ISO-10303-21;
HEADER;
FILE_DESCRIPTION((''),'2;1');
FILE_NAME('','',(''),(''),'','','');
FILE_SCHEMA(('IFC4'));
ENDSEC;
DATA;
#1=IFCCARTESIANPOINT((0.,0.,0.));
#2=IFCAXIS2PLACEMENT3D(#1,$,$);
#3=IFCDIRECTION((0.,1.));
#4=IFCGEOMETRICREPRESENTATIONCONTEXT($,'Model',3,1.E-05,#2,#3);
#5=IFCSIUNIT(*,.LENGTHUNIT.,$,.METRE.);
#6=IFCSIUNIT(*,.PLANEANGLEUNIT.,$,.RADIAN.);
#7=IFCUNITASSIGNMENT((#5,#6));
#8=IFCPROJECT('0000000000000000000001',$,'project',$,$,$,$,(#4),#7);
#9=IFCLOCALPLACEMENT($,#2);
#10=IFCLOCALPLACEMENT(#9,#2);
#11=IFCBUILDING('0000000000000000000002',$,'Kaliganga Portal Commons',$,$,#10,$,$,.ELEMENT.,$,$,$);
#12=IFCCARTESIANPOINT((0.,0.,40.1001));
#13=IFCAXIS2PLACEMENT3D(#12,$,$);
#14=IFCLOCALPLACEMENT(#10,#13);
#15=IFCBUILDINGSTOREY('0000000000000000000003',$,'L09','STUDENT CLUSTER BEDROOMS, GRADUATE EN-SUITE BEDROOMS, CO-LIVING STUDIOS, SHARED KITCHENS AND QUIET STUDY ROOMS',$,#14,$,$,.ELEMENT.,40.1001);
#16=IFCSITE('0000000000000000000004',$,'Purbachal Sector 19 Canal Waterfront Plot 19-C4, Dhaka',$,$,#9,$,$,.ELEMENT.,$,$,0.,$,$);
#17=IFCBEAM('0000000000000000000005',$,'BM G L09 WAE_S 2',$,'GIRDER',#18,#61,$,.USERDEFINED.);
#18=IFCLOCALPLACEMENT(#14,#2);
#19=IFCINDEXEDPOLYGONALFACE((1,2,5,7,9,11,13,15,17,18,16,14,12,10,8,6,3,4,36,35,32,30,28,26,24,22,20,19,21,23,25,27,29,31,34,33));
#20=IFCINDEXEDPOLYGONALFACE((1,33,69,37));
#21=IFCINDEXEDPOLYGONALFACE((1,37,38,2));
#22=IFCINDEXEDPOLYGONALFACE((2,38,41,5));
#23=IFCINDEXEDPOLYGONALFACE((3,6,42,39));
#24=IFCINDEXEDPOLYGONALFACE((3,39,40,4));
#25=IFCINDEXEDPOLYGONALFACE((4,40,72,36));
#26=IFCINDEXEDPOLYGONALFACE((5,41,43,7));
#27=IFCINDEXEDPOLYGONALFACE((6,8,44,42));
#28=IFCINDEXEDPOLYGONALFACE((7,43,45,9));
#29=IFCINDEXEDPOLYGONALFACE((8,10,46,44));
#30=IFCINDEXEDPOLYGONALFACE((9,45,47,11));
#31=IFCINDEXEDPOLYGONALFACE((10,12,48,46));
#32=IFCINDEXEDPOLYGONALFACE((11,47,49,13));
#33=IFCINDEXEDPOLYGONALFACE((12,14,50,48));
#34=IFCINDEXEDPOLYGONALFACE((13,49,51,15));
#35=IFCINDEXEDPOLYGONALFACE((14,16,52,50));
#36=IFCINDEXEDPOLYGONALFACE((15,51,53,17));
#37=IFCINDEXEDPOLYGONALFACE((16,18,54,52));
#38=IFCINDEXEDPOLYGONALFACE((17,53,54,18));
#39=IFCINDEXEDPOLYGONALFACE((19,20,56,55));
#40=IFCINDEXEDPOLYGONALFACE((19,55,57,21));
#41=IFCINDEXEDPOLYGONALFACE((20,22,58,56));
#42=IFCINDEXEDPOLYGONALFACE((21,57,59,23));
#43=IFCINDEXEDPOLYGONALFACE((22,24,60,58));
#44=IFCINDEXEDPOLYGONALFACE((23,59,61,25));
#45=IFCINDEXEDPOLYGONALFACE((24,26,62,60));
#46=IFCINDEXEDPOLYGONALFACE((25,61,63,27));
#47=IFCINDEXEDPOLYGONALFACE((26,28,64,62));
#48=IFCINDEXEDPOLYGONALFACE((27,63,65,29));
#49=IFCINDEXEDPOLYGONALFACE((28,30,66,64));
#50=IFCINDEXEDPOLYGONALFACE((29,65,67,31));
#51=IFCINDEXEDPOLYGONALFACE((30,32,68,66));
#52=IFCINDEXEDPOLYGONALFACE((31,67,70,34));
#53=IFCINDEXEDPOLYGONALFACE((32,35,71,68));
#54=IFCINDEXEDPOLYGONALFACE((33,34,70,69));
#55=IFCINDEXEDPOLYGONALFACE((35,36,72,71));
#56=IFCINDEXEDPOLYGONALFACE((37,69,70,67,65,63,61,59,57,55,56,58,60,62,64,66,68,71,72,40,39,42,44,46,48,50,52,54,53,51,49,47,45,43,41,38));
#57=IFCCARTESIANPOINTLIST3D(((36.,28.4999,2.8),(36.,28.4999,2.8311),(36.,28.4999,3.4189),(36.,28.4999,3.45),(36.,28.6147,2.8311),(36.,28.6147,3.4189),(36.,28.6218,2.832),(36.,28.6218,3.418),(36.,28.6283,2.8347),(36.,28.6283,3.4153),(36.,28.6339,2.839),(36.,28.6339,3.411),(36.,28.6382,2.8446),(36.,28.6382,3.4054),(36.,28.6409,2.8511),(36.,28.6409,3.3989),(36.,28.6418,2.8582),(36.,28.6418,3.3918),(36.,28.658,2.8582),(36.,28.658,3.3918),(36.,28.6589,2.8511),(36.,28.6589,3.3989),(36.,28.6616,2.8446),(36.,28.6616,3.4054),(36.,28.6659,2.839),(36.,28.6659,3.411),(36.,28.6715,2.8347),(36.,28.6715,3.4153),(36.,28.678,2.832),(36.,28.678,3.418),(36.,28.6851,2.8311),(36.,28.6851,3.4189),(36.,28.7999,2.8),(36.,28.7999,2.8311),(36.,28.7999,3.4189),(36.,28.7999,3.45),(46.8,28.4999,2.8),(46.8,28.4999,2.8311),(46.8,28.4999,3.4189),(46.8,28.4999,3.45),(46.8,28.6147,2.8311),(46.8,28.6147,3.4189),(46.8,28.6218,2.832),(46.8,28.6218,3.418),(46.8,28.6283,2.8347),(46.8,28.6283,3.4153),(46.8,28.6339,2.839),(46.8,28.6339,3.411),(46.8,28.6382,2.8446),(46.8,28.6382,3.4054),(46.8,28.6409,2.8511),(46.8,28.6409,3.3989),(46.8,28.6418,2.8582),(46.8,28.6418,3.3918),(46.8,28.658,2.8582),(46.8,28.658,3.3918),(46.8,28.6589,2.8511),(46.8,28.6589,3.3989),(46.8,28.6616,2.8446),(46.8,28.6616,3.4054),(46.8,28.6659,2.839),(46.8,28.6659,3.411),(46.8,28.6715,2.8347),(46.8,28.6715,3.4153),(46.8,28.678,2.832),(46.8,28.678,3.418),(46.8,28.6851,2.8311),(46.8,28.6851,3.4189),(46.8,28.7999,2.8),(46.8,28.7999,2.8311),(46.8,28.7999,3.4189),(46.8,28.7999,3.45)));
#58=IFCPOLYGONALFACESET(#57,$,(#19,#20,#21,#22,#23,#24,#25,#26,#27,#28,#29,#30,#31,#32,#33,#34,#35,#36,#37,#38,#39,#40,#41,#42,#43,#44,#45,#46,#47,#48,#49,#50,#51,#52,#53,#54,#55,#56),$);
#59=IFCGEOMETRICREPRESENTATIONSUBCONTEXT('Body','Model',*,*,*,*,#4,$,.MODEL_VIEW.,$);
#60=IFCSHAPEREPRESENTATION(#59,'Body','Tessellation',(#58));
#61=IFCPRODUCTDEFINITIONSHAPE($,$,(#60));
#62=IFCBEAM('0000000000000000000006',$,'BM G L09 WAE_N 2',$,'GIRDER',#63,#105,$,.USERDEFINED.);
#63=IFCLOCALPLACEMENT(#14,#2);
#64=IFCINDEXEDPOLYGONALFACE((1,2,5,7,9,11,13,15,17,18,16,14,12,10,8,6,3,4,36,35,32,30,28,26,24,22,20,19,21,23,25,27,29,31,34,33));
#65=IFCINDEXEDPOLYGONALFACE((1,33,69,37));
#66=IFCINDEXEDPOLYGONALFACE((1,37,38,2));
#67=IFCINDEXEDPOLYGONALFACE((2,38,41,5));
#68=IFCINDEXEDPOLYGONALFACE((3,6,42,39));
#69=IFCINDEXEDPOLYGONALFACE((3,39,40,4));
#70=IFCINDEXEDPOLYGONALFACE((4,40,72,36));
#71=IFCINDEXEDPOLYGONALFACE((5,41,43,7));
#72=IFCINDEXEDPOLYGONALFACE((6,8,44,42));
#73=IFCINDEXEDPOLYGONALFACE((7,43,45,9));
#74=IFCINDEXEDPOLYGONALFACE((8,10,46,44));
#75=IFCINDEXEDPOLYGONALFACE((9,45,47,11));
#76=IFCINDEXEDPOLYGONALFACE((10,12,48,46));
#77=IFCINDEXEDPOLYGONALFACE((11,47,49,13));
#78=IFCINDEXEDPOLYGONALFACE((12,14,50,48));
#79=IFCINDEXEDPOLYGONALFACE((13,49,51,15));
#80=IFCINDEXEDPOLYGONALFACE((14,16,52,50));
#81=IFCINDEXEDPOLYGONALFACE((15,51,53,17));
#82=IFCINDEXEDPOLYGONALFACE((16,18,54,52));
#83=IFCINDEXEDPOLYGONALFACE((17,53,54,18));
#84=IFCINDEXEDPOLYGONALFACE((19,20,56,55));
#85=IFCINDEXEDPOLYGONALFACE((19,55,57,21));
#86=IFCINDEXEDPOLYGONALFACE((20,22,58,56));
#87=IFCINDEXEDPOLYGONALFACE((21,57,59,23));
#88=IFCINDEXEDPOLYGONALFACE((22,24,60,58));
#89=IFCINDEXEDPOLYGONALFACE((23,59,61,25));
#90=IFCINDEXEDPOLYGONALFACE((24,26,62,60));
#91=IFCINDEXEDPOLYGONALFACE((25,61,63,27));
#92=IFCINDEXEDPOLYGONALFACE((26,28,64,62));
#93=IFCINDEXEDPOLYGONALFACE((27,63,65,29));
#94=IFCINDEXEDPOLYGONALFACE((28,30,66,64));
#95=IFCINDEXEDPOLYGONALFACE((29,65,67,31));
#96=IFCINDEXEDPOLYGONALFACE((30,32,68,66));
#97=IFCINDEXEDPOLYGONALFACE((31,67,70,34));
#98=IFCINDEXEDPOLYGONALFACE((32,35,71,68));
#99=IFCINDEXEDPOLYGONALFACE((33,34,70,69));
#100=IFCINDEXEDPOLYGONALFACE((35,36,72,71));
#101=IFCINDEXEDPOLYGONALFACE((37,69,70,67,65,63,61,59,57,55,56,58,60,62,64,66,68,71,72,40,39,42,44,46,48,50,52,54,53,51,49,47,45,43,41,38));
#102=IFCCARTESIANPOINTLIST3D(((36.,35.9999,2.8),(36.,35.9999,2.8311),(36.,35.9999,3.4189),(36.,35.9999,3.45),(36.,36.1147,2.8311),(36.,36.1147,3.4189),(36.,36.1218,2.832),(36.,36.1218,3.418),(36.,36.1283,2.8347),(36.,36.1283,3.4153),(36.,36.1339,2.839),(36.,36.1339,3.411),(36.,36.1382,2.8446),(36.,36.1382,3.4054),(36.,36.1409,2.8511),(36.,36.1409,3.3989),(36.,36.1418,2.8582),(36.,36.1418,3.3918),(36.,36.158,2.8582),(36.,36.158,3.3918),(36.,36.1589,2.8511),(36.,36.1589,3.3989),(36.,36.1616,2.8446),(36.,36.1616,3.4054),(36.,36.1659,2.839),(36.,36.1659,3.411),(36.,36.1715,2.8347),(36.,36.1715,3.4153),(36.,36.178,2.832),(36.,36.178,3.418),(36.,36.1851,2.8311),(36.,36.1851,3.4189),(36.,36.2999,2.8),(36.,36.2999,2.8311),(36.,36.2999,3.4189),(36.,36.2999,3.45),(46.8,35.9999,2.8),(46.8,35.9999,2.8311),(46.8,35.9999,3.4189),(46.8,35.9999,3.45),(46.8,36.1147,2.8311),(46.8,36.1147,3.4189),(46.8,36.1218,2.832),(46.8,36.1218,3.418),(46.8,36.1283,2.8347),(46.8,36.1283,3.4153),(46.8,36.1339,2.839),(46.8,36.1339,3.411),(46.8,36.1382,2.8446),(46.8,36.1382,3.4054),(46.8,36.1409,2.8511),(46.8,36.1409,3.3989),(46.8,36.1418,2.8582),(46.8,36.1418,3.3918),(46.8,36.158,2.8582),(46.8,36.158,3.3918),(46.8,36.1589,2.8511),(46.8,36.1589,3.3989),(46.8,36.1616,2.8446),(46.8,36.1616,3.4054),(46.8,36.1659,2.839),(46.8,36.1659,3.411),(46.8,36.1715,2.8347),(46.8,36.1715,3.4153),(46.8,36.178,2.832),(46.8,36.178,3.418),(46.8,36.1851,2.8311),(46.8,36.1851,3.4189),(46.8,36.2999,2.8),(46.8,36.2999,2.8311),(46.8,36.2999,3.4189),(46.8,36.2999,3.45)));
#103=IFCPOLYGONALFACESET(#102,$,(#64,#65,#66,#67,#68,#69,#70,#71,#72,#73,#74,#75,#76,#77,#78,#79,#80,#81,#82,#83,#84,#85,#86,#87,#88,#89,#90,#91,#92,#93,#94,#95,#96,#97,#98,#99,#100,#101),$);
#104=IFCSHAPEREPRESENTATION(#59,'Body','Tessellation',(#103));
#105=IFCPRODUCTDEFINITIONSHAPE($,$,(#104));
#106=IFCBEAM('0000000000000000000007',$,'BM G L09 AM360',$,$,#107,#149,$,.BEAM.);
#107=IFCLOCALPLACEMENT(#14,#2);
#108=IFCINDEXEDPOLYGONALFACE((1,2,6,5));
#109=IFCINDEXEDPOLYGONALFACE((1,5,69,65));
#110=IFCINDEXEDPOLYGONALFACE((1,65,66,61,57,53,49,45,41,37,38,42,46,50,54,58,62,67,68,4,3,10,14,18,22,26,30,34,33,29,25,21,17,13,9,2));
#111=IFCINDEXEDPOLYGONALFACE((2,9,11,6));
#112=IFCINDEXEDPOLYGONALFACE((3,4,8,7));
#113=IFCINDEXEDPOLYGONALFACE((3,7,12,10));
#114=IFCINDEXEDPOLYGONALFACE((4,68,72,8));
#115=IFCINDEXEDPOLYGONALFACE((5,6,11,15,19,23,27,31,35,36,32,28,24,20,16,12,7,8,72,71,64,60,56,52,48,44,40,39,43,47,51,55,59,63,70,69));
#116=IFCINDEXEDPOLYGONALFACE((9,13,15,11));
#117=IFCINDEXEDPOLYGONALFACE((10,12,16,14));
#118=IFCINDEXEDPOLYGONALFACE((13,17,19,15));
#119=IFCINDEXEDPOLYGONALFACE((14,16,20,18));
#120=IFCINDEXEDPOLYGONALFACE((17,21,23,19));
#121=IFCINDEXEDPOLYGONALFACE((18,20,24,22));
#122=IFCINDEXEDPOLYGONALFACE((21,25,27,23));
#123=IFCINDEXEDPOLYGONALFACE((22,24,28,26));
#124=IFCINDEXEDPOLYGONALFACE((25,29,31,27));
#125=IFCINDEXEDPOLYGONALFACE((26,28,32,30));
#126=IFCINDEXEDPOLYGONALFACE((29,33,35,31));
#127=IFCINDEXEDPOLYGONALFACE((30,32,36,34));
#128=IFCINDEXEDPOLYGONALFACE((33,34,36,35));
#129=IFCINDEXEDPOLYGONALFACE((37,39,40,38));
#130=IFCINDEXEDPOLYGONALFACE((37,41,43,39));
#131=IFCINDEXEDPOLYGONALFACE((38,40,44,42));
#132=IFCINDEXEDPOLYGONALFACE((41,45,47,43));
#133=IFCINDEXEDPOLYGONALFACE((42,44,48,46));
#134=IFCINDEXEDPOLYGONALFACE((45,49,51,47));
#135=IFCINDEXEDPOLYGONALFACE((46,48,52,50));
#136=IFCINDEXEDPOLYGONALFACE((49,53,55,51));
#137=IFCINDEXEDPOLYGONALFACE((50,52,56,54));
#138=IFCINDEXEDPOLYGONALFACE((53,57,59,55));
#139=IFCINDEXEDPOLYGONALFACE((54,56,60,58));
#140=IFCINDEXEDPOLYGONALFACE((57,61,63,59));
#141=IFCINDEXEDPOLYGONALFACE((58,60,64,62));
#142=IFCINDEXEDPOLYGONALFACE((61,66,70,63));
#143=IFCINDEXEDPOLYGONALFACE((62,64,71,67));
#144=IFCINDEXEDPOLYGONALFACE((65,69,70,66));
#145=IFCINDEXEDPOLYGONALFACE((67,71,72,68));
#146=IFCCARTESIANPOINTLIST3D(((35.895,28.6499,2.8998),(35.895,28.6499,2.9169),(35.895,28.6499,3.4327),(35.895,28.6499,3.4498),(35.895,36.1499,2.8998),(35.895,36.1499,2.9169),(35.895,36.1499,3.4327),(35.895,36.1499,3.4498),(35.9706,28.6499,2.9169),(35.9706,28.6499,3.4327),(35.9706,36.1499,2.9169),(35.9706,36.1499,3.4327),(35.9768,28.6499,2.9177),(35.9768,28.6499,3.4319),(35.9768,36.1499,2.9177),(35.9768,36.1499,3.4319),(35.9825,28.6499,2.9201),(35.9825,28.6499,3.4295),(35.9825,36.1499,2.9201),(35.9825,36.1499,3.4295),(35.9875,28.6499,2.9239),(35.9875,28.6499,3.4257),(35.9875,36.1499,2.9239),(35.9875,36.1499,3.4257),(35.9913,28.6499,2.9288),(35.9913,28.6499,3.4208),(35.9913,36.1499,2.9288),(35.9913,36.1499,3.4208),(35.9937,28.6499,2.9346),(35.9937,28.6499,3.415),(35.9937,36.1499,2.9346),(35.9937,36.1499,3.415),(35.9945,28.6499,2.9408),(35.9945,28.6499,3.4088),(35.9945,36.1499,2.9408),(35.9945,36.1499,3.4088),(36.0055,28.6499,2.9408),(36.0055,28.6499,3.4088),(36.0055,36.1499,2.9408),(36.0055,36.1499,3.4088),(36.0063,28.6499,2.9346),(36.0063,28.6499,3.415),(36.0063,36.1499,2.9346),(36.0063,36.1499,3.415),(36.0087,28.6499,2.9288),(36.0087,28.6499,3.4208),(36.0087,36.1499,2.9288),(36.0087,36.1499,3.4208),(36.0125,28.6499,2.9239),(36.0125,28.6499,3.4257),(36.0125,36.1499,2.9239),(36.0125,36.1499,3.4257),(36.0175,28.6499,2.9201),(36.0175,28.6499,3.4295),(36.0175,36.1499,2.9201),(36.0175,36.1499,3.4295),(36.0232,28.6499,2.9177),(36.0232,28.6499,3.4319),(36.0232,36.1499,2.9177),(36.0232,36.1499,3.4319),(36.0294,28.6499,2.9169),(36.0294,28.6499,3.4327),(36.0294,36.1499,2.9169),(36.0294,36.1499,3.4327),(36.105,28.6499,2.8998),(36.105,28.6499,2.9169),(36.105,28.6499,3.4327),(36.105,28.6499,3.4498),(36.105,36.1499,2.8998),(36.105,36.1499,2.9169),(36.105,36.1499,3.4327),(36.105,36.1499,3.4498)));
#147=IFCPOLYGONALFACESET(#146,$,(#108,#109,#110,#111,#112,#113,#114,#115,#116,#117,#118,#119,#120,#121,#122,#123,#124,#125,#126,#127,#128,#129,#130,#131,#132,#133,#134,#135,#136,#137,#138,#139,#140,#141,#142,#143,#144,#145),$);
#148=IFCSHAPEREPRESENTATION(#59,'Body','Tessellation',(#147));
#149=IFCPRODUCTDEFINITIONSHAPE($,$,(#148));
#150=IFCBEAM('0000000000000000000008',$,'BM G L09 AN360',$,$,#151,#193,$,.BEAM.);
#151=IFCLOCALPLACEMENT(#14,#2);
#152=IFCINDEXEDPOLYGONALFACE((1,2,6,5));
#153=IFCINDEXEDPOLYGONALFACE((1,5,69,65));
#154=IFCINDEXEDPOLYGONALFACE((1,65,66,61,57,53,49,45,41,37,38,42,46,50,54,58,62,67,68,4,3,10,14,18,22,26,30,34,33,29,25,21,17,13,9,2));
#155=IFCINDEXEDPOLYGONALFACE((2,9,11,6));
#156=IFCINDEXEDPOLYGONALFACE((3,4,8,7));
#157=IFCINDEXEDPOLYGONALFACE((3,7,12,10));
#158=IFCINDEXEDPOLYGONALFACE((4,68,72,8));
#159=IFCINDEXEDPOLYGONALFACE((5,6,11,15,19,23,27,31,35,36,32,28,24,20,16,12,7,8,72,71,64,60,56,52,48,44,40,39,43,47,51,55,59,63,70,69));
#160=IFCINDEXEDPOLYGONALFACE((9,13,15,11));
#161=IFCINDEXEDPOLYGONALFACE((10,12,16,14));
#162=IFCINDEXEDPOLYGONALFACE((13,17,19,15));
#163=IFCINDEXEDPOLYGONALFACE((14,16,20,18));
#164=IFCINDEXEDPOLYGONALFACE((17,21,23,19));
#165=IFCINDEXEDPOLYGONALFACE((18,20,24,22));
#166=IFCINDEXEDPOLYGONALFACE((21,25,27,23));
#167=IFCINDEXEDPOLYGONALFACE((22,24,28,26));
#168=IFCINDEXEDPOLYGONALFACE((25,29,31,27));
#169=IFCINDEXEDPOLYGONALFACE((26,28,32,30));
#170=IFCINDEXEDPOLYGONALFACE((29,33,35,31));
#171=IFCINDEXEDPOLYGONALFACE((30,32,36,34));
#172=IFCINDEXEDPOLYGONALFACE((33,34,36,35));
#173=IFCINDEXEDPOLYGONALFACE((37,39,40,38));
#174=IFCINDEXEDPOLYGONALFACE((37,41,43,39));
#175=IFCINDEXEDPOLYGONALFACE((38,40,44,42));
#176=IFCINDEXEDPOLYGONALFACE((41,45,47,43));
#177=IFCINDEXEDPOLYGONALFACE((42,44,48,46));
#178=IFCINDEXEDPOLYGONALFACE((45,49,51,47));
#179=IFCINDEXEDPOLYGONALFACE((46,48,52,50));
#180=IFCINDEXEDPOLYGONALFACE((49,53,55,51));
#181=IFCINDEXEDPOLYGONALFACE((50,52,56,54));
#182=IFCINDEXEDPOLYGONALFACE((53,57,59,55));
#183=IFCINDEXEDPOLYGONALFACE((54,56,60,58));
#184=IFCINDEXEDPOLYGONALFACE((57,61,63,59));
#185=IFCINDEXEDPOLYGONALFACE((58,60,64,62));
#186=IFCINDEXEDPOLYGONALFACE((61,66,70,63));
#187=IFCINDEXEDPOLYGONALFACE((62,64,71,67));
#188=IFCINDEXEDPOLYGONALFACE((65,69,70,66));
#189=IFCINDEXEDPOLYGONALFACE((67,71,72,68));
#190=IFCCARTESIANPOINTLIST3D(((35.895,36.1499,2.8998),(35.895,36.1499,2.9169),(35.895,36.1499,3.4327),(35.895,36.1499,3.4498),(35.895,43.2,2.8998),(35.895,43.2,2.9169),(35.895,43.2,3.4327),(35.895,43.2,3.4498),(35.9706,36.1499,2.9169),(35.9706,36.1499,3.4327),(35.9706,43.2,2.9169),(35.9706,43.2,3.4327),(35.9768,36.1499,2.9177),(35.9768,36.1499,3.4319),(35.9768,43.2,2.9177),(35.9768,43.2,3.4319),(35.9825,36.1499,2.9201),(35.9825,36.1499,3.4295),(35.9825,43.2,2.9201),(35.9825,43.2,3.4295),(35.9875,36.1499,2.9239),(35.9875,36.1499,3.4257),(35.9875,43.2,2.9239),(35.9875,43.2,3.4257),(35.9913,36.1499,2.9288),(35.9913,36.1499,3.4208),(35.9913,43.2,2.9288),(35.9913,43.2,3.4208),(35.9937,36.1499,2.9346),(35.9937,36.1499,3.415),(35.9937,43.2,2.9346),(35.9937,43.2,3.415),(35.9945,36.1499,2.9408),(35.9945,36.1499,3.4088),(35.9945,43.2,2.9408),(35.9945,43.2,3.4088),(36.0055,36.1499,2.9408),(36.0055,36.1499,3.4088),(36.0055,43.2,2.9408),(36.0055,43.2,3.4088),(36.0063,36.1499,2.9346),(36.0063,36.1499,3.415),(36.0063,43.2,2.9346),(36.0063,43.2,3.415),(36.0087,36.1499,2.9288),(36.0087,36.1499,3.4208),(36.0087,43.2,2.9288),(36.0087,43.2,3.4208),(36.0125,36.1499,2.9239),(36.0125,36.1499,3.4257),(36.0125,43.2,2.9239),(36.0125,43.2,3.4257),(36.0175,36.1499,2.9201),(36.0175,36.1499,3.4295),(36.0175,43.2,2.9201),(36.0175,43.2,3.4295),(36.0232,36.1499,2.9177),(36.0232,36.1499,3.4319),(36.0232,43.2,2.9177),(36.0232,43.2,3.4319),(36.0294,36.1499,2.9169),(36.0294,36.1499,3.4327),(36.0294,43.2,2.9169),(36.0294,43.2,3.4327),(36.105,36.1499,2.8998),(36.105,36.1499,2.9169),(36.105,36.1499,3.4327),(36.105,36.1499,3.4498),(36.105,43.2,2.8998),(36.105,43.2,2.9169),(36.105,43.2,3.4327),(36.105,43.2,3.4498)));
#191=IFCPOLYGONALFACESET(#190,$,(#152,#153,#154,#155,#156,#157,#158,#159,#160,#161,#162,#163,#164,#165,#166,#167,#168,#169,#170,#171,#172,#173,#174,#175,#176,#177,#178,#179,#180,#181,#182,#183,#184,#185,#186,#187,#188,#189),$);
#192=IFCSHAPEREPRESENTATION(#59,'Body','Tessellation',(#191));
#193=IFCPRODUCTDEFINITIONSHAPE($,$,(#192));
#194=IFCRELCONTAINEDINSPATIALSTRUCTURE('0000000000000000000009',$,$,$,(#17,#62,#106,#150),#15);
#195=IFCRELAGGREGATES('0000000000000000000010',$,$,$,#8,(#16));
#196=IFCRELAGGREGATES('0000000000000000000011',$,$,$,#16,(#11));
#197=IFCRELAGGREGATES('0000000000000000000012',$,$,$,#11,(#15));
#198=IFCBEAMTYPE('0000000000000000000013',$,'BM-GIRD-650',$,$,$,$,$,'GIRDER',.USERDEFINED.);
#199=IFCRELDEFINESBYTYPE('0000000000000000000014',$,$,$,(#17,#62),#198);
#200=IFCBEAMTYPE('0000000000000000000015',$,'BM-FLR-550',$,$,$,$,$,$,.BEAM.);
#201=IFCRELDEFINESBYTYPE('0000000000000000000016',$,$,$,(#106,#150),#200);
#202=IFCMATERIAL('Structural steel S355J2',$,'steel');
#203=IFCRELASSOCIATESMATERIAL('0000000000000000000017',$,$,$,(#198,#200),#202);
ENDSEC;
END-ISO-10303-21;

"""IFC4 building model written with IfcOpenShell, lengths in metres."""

from ifc_helpers import new_model, si_unit, direction, frame, origin, origin_2d, place, context, subcontext, project, spatial, i_section, extrude, source, transform, mapped, material, material_profile, profile_set, type_object, element, save


model = new_model("IFC4")

# Units and contexts
model_context = context("Model", 3, precision=1e-05, world=origin(), true_north=direction((0.0, 1.0)))
body_context = subcontext(model_context, "Body", "Model", "MODEL_VIEW")
ifc_project = project(units=[si_unit("LENGTHUNIT", "METRE"), si_unit("PLANEANGLEUNIT", "RADIAN")], contexts=[model_context])

# Site, building, storey
site_placement = place(None, origin())
site = spatial("IfcSite", under=ifc_project, at=site_placement, Name="Purbachal Sector 19 Canal Waterfront Plot 19-C4, Dhaka", CompositionType="ELEMENT", RefElevation=0.0)
building_placement = place(site_placement, origin())
building = spatial("IfcBuilding", under=site, at=building_placement, Name="Kaliganga Portal Commons", CompositionType="ELEMENT")
storey_placement = place(building_placement, frame((0.0, 0.0, 40.1001)))
storey = spatial("IfcBuildingStorey", under=building, at=storey_placement, Name="L09", Description="STUDENT CLUSTER BEDROOMS, GRADUATE EN-SUITE BEDROOMS, CO-LIVING STUDIOS, SHARED KITCHENS AND QUIET STUDY ROOMS", CompositionType="ELEMENT", Elevation=40.1001)

# Beams
ifc_material_1 = material(Name="Structural steel S355J2", Category="steel")
ifc_material_profile_1 = material_profile(ifc_material_1, i_section(OverallWidth=0.3, OverallDepth=0.6499, WebThickness=0.0161, FlangeThickness=0.031, FilletRadius=0.0271, at=origin_2d()), Name="HE 650 B")
ifc_profile_set_1 = profile_set([ifc_material_profile_1], Name="Structural steel S355J2 wide-flange")
beam_type_1 = type_object("IfcBeamType", Name="BM-GIRD-650", ElementType="GIRDER", PredefinedType="USERDEFINED", material=ifc_profile_set_1)
shared_shape_1 = source(origin(), body_context, "Body", "SweptSolid", [
    extrude(i_section(OverallWidth=0.3, OverallDepth=0.6499, WebThickness=0.0161, FlangeThickness=0.031, FilletRadius=0.0271, at=origin_2d()), origin(), (0.0, 0.0, 1.0), 10.8),
])
for number, where, z_axis, x_axis, name in (
    (1, (36.0, 28.6499, 3.125), (1.0, 0.0, 0.0), (0.0, 1.0, 0.0), "BM G L09 WAE_S 2"),
    (2, (36.0, 36.1499, 3.125), (1.0, 0.0, 0.0), (0.0, 1.0, 0.0), "BM G L09 WAE_N 2"),
):
    element("IfcBeam", number, at=place(storey_placement, frame(where, z_axis=z_axis, x_axis=x_axis)), inside=storey, type_object=beam_type_1, Name=name, ObjectType="GIRDER", PredefinedType="USERDEFINED", context=body_context, shape_type="MappedRepresentation", body=[
        mapped(shared_shape_1, transform((0.0, 0.0, 0.0), x_axis=(1.0, 0.0, 0.0), y_axis=(0.0, 1.0, 0.0), z_axis=(0.0, 0.0, 1.0), scale=1.0)),
    ])
ifc_material_profile_2 = material_profile(ifc_material_1, i_section(OverallWidth=0.21, OverallDepth=0.55, WebThickness=0.011, FlangeThickness=0.0171, FilletRadius=0.0239, at=origin_2d()), Name="IPE 550")
ifc_profile_set_2 = profile_set([ifc_material_profile_2], Name="Structural steel S355J2 wide-flange")
beam_type_2 = type_object("IfcBeamType", Name="BM-FLR-550", PredefinedType="BEAM", material=ifc_profile_set_2)
shared_shape_2 = source(origin(), body_context, "Body", "SweptSolid", [
    extrude(i_section(OverallWidth=0.21, OverallDepth=0.55, WebThickness=0.011, FlangeThickness=0.0171, FilletRadius=0.0239, at=origin_2d()), origin(), (0.0, 0.0, 1.0), 7.5),
])
beam_1_placement = place(storey_placement, frame((36.0, 28.6499, 3.1748), z_axis=(0.0, 1.0, 0.0), x_axis=(-1.0, 0.0, 0.0)))
element("IfcBeam", 3, at=beam_1_placement, inside=storey, type_object=beam_type_2, Name="BM G L09 AM360", PredefinedType="BEAM", context=body_context, shape_type="MappedRepresentation", body=[
    mapped(shared_shape_2, transform((0.0, 0.0, 0.0), x_axis=(1.0, 0.0, 0.0), y_axis=(0.0, 1.0, 0.0), z_axis=(0.0, 0.0, 1.0), scale=1.0)),
])
shared_shape_3 = source(origin(), body_context, "Body", "SweptSolid", [
    extrude(i_section(OverallWidth=0.21, OverallDepth=0.55, WebThickness=0.011, FlangeThickness=0.0171, FilletRadius=0.0239, at=origin_2d()), origin(), (0.0, 0.0, 1.0), 7.05),
])
beam_2_placement = place(storey_placement, frame((36.0, 36.1499, 3.1748), z_axis=(0.0, 1.0, 0.0), x_axis=(-1.0, 0.0, 0.0)))
element("IfcBeam", 4, at=beam_2_placement, inside=storey, type_object=beam_type_2, Name="BM G L09 AN360", PredefinedType="BEAM", context=body_context, shape_type="MappedRepresentation", body=[
    mapped(shared_shape_3, transform((0.0, 0.0, 0.0), x_axis=(1.0, 0.0, 0.0), y_axis=(0.0, 1.0, 0.0), z_axis=(0.0, 0.0, 1.0), scale=1.0)),
])

save(model, "model.ifc")
